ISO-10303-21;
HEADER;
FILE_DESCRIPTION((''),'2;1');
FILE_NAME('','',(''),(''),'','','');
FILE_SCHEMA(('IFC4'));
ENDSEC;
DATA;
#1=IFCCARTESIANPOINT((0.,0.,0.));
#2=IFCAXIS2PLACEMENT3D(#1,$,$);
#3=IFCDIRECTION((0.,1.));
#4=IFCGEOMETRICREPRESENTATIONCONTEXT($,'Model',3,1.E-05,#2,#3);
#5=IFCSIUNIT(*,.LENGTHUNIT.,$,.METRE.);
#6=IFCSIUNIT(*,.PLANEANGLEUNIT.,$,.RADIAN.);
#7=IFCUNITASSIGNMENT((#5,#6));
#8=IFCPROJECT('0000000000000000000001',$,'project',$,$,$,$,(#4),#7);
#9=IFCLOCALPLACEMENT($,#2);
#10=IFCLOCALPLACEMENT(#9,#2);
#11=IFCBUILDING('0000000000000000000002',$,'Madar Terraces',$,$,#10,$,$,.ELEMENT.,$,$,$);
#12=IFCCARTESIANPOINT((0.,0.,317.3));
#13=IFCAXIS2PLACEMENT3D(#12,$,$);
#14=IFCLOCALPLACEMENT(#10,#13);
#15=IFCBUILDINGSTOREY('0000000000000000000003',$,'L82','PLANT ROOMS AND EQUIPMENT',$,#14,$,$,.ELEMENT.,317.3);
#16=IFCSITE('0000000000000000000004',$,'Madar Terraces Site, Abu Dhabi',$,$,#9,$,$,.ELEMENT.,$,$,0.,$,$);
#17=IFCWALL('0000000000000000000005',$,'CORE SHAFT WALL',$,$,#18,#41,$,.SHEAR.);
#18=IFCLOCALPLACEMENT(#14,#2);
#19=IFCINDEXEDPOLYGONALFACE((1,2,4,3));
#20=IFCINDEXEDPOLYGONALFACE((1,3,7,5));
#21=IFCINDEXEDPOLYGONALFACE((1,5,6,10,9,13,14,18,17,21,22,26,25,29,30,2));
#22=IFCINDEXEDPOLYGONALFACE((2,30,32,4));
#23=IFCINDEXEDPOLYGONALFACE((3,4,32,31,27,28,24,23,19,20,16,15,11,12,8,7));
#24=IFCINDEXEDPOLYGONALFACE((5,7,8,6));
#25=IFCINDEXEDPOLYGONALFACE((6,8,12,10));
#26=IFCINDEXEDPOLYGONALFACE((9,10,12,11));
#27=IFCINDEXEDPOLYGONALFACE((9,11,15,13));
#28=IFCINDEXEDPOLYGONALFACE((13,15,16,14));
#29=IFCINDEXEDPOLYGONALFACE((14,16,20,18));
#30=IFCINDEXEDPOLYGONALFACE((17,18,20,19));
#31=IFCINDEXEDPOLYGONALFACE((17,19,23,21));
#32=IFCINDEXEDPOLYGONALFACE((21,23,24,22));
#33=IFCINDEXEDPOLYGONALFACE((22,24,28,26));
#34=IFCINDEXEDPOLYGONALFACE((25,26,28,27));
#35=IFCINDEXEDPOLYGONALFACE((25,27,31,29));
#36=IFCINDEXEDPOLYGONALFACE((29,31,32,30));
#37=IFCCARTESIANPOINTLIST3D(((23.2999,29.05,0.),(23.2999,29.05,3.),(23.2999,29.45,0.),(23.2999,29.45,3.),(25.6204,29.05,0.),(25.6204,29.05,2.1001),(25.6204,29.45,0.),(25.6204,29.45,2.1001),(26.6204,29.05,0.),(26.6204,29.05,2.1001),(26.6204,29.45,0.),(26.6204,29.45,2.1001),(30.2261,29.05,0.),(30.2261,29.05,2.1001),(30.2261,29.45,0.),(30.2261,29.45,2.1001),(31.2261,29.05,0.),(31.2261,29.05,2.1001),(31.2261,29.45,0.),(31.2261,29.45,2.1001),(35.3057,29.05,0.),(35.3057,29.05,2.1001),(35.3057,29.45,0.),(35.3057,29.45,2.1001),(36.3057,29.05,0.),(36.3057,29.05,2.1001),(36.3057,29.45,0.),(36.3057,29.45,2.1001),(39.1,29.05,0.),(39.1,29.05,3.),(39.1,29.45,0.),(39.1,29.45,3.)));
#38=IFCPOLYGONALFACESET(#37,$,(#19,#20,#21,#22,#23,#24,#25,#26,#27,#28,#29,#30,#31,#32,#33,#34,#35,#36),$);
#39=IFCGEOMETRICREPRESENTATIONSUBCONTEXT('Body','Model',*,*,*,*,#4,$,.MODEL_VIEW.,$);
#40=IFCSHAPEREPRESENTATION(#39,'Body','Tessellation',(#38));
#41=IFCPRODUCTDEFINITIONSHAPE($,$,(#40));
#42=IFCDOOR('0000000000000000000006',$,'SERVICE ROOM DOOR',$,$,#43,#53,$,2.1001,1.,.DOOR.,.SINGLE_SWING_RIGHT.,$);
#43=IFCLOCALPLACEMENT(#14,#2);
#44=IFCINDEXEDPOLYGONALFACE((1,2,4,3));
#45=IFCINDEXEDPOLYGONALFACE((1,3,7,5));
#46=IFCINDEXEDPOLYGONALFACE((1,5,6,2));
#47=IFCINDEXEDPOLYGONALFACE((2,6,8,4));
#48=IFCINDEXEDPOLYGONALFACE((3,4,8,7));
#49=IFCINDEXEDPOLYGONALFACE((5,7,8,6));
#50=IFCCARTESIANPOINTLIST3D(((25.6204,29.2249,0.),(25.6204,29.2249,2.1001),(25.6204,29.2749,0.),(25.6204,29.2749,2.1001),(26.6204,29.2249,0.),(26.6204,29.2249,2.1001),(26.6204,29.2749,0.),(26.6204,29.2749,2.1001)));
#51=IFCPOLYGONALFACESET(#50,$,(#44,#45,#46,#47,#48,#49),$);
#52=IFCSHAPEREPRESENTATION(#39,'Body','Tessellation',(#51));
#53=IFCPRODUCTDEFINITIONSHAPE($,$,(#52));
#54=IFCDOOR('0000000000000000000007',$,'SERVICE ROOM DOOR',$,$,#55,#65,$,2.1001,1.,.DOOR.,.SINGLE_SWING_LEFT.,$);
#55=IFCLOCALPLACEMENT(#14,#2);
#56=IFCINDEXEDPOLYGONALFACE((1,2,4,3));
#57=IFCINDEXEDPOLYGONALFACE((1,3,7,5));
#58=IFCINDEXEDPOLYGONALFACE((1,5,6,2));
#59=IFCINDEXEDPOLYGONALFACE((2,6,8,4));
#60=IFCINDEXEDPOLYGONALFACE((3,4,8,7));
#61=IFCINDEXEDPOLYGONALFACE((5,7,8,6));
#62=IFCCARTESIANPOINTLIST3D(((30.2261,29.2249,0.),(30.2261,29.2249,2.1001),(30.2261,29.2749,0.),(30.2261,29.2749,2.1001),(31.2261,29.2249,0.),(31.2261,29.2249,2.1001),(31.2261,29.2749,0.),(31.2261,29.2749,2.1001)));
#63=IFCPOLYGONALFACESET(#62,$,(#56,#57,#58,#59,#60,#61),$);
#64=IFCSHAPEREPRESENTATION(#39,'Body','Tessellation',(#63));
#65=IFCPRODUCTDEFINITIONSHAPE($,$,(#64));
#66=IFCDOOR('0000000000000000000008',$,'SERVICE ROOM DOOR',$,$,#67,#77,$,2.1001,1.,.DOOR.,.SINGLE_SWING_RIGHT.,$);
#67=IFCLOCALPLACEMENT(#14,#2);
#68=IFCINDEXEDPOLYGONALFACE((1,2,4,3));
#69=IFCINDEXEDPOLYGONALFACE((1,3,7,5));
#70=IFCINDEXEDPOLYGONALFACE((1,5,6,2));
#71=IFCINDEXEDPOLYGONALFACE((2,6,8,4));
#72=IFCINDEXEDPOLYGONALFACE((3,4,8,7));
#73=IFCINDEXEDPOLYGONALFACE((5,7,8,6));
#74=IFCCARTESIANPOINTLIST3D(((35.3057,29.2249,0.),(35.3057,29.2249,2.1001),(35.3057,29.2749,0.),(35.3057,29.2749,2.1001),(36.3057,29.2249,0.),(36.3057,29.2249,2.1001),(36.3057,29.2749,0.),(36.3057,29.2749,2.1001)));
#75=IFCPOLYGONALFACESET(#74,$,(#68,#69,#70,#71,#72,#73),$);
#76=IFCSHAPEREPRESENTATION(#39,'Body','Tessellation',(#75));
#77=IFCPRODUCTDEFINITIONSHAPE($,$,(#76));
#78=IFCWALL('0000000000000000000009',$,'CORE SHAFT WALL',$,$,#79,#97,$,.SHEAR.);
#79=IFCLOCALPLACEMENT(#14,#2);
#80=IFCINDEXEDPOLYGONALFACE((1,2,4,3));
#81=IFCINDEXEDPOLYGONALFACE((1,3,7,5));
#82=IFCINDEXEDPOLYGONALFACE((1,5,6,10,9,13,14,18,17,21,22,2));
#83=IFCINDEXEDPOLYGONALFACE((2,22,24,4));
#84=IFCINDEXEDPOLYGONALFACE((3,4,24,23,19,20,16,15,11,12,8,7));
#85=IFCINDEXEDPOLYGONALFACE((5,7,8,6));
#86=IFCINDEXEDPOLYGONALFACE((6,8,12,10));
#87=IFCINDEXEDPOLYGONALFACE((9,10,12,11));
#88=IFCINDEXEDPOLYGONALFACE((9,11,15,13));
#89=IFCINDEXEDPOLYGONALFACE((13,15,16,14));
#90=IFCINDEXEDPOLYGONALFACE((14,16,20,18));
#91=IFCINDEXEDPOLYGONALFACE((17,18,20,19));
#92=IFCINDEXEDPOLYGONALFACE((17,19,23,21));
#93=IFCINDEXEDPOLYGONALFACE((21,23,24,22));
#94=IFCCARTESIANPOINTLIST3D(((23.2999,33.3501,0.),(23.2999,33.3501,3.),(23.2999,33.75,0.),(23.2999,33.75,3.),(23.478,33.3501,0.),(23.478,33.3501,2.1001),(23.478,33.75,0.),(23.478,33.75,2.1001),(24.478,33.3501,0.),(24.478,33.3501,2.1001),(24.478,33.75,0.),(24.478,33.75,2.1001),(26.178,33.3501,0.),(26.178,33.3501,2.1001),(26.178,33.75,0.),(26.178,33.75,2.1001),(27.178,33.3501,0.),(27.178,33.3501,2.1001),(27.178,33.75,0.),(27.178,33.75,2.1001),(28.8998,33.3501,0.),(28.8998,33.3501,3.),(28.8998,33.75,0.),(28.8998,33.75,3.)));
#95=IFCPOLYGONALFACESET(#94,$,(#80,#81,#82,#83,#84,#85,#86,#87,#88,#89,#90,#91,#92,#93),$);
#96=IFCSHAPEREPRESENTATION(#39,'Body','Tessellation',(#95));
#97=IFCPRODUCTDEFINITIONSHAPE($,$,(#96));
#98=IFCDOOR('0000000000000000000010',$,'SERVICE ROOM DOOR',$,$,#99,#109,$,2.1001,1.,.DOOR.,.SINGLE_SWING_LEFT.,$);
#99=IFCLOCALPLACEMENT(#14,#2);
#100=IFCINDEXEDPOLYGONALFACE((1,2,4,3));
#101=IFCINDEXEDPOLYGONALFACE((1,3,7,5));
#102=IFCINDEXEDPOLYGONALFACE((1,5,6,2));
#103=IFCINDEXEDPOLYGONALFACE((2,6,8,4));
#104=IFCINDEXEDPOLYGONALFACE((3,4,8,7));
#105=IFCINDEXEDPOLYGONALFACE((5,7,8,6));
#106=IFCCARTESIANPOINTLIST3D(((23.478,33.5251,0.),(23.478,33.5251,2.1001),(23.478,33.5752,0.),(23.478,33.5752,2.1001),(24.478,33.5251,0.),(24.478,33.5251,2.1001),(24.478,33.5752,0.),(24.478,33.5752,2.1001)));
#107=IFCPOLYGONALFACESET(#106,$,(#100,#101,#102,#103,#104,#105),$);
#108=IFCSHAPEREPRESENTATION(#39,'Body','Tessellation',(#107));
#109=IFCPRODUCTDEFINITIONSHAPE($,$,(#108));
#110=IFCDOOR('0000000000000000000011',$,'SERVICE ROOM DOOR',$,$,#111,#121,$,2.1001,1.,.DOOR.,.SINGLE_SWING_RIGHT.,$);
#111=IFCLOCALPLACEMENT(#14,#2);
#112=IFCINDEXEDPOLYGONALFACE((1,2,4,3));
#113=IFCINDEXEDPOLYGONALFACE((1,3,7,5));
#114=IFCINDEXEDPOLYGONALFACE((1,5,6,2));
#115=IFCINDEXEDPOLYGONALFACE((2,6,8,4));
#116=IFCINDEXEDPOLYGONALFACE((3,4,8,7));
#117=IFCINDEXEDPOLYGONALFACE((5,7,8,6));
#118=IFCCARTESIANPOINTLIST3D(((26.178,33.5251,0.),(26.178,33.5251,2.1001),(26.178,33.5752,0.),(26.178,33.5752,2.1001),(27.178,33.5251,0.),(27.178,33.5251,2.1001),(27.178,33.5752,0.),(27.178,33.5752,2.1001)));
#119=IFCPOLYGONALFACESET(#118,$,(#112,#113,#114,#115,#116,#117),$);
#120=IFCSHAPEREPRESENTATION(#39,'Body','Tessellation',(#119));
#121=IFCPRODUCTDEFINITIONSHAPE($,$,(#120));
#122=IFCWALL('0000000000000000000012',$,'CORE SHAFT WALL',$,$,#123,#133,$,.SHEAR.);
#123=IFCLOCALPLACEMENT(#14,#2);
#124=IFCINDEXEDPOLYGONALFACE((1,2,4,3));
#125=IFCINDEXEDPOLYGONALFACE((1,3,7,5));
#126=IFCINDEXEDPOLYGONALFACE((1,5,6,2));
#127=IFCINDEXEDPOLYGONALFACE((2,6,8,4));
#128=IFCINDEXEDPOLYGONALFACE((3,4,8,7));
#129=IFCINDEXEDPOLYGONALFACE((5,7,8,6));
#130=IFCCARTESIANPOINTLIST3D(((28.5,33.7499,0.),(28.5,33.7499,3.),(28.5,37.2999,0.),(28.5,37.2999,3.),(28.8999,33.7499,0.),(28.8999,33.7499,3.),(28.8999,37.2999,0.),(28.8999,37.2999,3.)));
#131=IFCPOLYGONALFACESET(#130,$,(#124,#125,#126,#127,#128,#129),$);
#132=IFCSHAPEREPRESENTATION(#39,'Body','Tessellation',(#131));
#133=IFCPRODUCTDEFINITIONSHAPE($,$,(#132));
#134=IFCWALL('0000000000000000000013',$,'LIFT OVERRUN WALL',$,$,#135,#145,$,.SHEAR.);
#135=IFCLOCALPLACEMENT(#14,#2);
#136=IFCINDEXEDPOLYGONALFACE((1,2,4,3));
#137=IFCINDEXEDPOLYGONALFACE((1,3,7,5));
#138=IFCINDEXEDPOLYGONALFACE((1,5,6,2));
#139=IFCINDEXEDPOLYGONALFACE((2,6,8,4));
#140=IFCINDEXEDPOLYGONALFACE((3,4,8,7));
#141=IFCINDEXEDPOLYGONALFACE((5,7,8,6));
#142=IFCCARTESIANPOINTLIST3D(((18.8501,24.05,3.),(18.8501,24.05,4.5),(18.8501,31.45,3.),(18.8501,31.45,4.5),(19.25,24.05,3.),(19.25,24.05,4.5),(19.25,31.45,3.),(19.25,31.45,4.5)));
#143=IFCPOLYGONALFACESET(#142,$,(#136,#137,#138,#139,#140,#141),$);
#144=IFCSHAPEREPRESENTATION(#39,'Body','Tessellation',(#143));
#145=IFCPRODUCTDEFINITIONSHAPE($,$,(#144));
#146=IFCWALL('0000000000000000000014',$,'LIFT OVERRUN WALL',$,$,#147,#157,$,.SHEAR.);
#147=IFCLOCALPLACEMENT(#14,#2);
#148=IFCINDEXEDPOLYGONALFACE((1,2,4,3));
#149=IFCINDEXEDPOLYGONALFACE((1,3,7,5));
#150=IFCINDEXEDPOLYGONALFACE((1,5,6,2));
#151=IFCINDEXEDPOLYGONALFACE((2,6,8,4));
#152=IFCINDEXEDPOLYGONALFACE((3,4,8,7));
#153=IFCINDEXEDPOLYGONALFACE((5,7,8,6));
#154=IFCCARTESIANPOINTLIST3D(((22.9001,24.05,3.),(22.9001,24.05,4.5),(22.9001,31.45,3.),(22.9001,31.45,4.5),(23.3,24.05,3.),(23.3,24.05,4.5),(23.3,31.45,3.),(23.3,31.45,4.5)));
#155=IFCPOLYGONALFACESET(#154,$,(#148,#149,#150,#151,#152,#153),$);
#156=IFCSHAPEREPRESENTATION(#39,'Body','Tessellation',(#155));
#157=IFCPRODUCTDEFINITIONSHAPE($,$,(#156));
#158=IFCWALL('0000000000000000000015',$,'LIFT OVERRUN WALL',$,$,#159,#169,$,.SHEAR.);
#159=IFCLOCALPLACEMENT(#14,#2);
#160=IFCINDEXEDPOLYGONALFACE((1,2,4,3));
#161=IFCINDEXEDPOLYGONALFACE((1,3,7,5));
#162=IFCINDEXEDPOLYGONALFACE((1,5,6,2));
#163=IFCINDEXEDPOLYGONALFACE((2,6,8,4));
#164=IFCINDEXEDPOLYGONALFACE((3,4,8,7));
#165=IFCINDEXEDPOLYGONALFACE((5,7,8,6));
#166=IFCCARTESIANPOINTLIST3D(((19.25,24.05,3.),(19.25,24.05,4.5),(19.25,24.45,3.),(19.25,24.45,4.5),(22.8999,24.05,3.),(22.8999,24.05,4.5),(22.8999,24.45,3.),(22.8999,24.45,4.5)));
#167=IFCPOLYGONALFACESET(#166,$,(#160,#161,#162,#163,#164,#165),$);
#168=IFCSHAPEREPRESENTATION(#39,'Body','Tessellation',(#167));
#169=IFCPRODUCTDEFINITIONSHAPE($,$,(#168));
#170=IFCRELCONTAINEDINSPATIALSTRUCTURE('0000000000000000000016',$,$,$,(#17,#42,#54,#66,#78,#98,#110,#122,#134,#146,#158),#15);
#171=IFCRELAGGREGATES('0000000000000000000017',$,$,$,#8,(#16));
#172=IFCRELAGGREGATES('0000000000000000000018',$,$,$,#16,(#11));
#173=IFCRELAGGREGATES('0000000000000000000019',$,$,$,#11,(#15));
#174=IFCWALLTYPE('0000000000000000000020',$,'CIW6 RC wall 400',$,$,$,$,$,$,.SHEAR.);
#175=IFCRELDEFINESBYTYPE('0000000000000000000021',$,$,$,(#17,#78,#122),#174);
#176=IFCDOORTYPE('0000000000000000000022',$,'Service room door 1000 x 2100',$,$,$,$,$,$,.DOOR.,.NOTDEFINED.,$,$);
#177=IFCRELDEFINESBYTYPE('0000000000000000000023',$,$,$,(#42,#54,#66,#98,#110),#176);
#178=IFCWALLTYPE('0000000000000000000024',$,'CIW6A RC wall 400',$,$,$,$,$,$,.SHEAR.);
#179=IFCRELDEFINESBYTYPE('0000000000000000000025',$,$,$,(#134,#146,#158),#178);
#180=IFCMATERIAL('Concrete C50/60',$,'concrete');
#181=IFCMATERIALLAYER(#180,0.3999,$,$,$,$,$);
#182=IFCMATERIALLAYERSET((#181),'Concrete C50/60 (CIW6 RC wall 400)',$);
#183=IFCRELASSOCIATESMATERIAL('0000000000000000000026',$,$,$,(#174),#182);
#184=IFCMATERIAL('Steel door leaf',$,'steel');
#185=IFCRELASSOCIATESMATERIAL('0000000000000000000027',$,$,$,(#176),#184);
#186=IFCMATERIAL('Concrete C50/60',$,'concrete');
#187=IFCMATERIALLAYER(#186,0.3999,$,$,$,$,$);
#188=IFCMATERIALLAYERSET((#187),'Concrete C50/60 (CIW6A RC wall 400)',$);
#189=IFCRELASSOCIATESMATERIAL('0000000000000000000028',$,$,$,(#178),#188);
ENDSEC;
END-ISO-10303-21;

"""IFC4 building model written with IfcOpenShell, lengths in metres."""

from ifc_helpers import new_model, si_unit, direction, frame, frame_2d, origin, place, context, subcontext, project, spatial, rectangle, extrude, material, layer, layer_set, type_object, element, fill, save


model = new_model("IFC4")

# Units and contexts
model_context = context("Model", 3, precision=1e-05, world=origin(), true_north=direction((0.0, 1.0)))
body_context = subcontext(model_context, "Body", "Model", "MODEL_VIEW")
ifc_project = project(units=[si_unit("LENGTHUNIT", "METRE"), si_unit("PLANEANGLEUNIT", "RADIAN")], contexts=[model_context])

# Site, building, storey
site_placement = place(None, origin())
site = spatial("IfcSite", under=ifc_project, at=site_placement, Name="Madar Terraces Site, Abu Dhabi", CompositionType="ELEMENT", RefElevation=0.0)
building_placement = place(site_placement, origin())
building = spatial("IfcBuilding", under=site, at=building_placement, Name="Madar Terraces", CompositionType="ELEMENT")
storey_placement = place(building_placement, frame((0.0, 0.0, 317.3)))
storey = spatial("IfcBuildingStorey", under=building, at=storey_placement, Name="L82", Description="PLANT ROOMS AND EQUIPMENT", CompositionType="ELEMENT", Elevation=317.3)

# Shared definitions
ifc_material_1 = material(Name="Concrete C50/60", Category="concrete")
ifc_layer_1 = layer(ifc_material_1, 0.3999)
ifc_layer_set_1 = layer_set([ifc_layer_1], Name="Concrete C50/60 (CIW6 RC wall 400)")
wall_type_1 = type_object("IfcWallType", Name="CIW6 RC wall 400", PredefinedType="SHEAR", material=ifc_layer_set_1)

# Walls, openings, doors
wall_1_placement = place(storey_placement, frame((23.3, 29.25, 0.0), z_axis=(0.0, 0.0, 1.0), x_axis=(1.0, 0.0, 0.0)))
wall_1 = element("IfcWall", 1, at=wall_1_placement, inside=storey, type_object=wall_type_1, Name="CORE SHAFT WALL", PredefinedType="SHEAR", context=body_context, shape_type="SweptSolid", body=[
    extrude(rectangle(XDim=15.8, YDim=0.3999, at=frame_2d((7.8999, 0.0))), origin(), (0.0, 0.0, 1.0), 3.0),
])
opening_1_placement = place(wall_1_placement, frame((2.3203, 0.0, 0.0)))
opening_1 = element("IfcOpeningElement", 2, at=opening_1_placement, cuts=wall_1, PredefinedType="OPENING", context=body_context, shape_type="SweptSolid", body=[
    extrude(rectangle(XDim=1.0, YDim=2.1001, at=frame_2d((0.5, 1.05))), frame((0.0, 0.21, 0.0), z_axis=(0.0, -1.0, 0.0), x_axis=(1.0, 0.0, 0.0)), (0.0, 0.0, 1.0), 0.4199),
])
opening_2_placement = place(wall_1_placement, frame((6.926, 0.0, 0.0)))
opening_2 = element("IfcOpeningElement", 3, at=opening_2_placement, cuts=wall_1, PredefinedType="OPENING", context=body_context, shape_type="SweptSolid", body=[
    extrude(rectangle(XDim=1.0, YDim=2.1001, at=frame_2d((0.5, 1.05))), frame((0.0, 0.21, 0.0), z_axis=(0.0, -1.0, 0.0), x_axis=(1.0, 0.0, 0.0)), (0.0, 0.0, 1.0), 0.4199),
])
opening_3_placement = place(wall_1_placement, frame((12.0056, 0.0, 0.0)))
opening_3 = element("IfcOpeningElement", 4, at=opening_3_placement, cuts=wall_1, PredefinedType="OPENING", context=body_context, shape_type="SweptSolid", body=[
    extrude(rectangle(XDim=1.0, YDim=2.1001, at=frame_2d((0.5, 1.05))), frame((0.0, 0.21, 0.0), z_axis=(0.0, -1.0, 0.0), x_axis=(1.0, 0.0, 0.0)), (0.0, 0.0, 1.0), 0.4199),
])
ifc_material_2 = material(Name="Steel door leaf", Category="steel")
door_type = type_object("IfcDoorType", Name="Service room door 1000 x 2100", OperationType="NOTDEFINED", PredefinedType="DOOR", material=ifc_material_2)
door_1_placement = place(opening_1_placement, origin())
door_1 = element("IfcDoor", 5, at=door_1_placement, inside=storey, type_object=door_type, Name="SERVICE ROOM DOOR", OperationType="SINGLE_SWING_RIGHT", OverallHeight=2.1001, OverallWidth=1.0, PredefinedType="DOOR", context=body_context, shape_type="SweptSolid", body=[
    extrude(rectangle(XDim=1.0, YDim=2.1001, at=frame_2d((0.5, 1.05))), frame((0.0, 0.0249, 0.0), z_axis=(0.0, -1.0, 0.0), x_axis=(1.0, 0.0, 0.0)), (0.0, 0.0, 1.0), 0.05),
])
fill(opening_1, door_1)
door_2_placement = place(opening_2_placement, origin())
door_2 = element("IfcDoor", 6, at=door_2_placement, inside=storey, type_object=door_type, Name="SERVICE ROOM DOOR", OperationType="SINGLE_SWING_LEFT", OverallHeight=2.1001, OverallWidth=1.0, PredefinedType="DOOR", context=body_context, shape_type="SweptSolid", body=[
    extrude(rectangle(XDim=1.0, YDim=2.1001, at=frame_2d((0.5, 1.05))), frame((0.0, 0.0249, 0.0), z_axis=(0.0, -1.0, 0.0), x_axis=(1.0, 0.0, 0.0)), (0.0, 0.0, 1.0), 0.05),
])
fill(opening_2, door_2)
door_3_placement = place(opening_3_placement, origin())
door_3 = element("IfcDoor", 7, at=door_3_placement, inside=storey, type_object=door_type, Name="SERVICE ROOM DOOR", OperationType="SINGLE_SWING_RIGHT", OverallHeight=2.1001, OverallWidth=1.0, PredefinedType="DOOR", context=body_context, shape_type="SweptSolid", body=[
    extrude(rectangle(XDim=1.0, YDim=2.1001, at=frame_2d((0.5, 1.05))), frame((0.0, 0.0249, 0.0), z_axis=(0.0, -1.0, 0.0), x_axis=(1.0, 0.0, 0.0)), (0.0, 0.0, 1.0), 0.05),
])
fill(opening_3, door_3)
wall_2_placement = place(storey_placement, frame((23.3, 33.55, 0.0), z_axis=(0.0, 0.0, 1.0), x_axis=(1.0, 0.0, 0.0)))
wall_2 = element("IfcWall", 8, at=wall_2_placement, inside=storey, type_object=wall_type_1, Name="CORE SHAFT WALL", PredefinedType="SHEAR", context=body_context, shape_type="SweptSolid", body=[
    extrude(rectangle(XDim=5.5999, YDim=0.3999, at=frame_2d((2.7998, 0.0))), origin(), (0.0, 0.0, 1.0), 3.0),
])
opening_4_placement = place(wall_2_placement, frame((0.178, 0.0, 0.0)))
opening_4 = element("IfcOpeningElement", 9, at=opening_4_placement, cuts=wall_2, PredefinedType="OPENING", context=body_context, shape_type="SweptSolid", body=[
    extrude(rectangle(XDim=1.0, YDim=2.1001, at=frame_2d((0.5, 1.05))), frame((0.0, 0.21, 0.0), z_axis=(0.0, -1.0, 0.0), x_axis=(1.0, 0.0, 0.0)), (0.0, 0.0, 1.0), 0.4199),
])
opening_5_placement = place(wall_2_placement, frame((2.8779, 0.0, 0.0)))
opening_5 = element("IfcOpeningElement", 10, at=opening_5_placement, cuts=wall_2, PredefinedType="OPENING", context=body_context, shape_type="SweptSolid", body=[
    extrude(rectangle(XDim=1.0, YDim=2.1001, at=frame_2d((0.5, 1.05))), frame((0.0, 0.21, 0.0), z_axis=(0.0, -1.0, 0.0), x_axis=(1.0, 0.0, 0.0)), (0.0, 0.0, 1.0), 0.4199),
])
door_4_placement = place(opening_4_placement, frame((1.0, 0.0, 0.0), z_axis=(0.0, 0.0, 1.0), x_axis=(-1.0, 0.0, 0.0)))
door_4 = element("IfcDoor", 11, at=door_4_placement, inside=storey, type_object=door_type, Name="SERVICE ROOM DOOR", OperationType="SINGLE_SWING_LEFT", OverallHeight=2.1001, OverallWidth=1.0, PredefinedType="DOOR", context=body_context, shape_type="SweptSolid", body=[
    extrude(rectangle(XDim=1.0, YDim=2.1001, at=frame_2d((0.5, 1.05))), frame((0.0, 0.0249, 0.0), z_axis=(0.0, -1.0, 0.0), x_axis=(1.0, 0.0, 0.0)), (0.0, 0.0, 1.0), 0.05),
])
fill(opening_4, door_4)
door_5_placement = place(opening_5_placement, frame((1.0, 0.0, 0.0), z_axis=(0.0, 0.0, 1.0), x_axis=(-1.0, 0.0, 0.0)))
door_5 = element("IfcDoor", 12, at=door_5_placement, inside=storey, type_object=door_type, Name="SERVICE ROOM DOOR", OperationType="SINGLE_SWING_RIGHT", OverallHeight=2.1001, OverallWidth=1.0, PredefinedType="DOOR", context=body_context, shape_type="SweptSolid", body=[
    extrude(rectangle(XDim=1.0, YDim=2.1001, at=frame_2d((0.5, 1.05))), frame((0.0, 0.0249, 0.0), z_axis=(0.0, -1.0, 0.0), x_axis=(1.0, 0.0, 0.0)), (0.0, 0.0, 1.0), 0.05),
])
fill(opening_5, door_5)

# Walls
wall_3_placement = place(storey_placement, frame((28.7, 33.75, 0.0), z_axis=(0.0, 0.0, 1.0), x_axis=(0.0, 1.0, 0.0)))
element("IfcWall", 13, at=wall_3_placement, inside=storey, type_object=wall_type_1, Name="CORE SHAFT WALL", PredefinedType="SHEAR", context=body_context, shape_type="SweptSolid", body=[
    extrude(rectangle(XDim=3.55, YDim=0.3999, at=frame_2d((1.7749, 0.0))), origin(), (0.0, 0.0, 1.0), 3.0),
])
ifc_material_3 = material(Name="Concrete C50/60", Category="concrete")
ifc_layer_2 = layer(ifc_material_3, 0.3999)
ifc_layer_set_2 = layer_set([ifc_layer_2], Name="Concrete C50/60 (CIW6A RC wall 400)")
wall_type_2 = type_object("IfcWallType", Name="CIW6A RC wall 400", PredefinedType="SHEAR", material=ifc_layer_set_2)
for number, where, z_axis, x_axis, name in (
    (14, (19.05, 24.05, 3.0), (0.0, 0.0, 1.0), (0.0, 1.0, 0.0), "LIFT OVERRUN WALL"),
    (15, (23.1001, 24.05, 3.0), (0.0, 0.0, 1.0), (0.0, 1.0, 0.0), "LIFT OVERRUN WALL"),
):
    element("IfcWall", number, at=place(storey_placement, frame(where, z_axis=z_axis, x_axis=x_axis)), inside=storey, type_object=wall_type_2, Name=name, PredefinedType="SHEAR", context=body_context, shape_type="SweptSolid", body=[
        extrude(rectangle(XDim=7.3999, YDim=0.3999, at=frame_2d((3.7, 0.0))), origin(), (0.0, 0.0, 1.0), 1.5),
    ])
for number, where, z_axis, x_axis, name in (
    (16, (19.25, 24.25, 3.0), (0.0, 0.0, 1.0), (1.0, 0.0, 0.0), "LIFT OVERRUN WALL"),
):
    element("IfcWall", number, at=place(storey_placement, frame(where, z_axis=z_axis, x_axis=x_axis)), inside=storey, type_object=wall_type_2, Name=name, PredefinedType="SHEAR", context=body_context, shape_type="SweptSolid", body=[
        extrude(rectangle(XDim=3.6499, YDim=0.3999, at=frame_2d((1.825, 0.0))), origin(), (0.0, 0.0, 1.0), 1.5),
    ])

save(model, "model.ifc")
